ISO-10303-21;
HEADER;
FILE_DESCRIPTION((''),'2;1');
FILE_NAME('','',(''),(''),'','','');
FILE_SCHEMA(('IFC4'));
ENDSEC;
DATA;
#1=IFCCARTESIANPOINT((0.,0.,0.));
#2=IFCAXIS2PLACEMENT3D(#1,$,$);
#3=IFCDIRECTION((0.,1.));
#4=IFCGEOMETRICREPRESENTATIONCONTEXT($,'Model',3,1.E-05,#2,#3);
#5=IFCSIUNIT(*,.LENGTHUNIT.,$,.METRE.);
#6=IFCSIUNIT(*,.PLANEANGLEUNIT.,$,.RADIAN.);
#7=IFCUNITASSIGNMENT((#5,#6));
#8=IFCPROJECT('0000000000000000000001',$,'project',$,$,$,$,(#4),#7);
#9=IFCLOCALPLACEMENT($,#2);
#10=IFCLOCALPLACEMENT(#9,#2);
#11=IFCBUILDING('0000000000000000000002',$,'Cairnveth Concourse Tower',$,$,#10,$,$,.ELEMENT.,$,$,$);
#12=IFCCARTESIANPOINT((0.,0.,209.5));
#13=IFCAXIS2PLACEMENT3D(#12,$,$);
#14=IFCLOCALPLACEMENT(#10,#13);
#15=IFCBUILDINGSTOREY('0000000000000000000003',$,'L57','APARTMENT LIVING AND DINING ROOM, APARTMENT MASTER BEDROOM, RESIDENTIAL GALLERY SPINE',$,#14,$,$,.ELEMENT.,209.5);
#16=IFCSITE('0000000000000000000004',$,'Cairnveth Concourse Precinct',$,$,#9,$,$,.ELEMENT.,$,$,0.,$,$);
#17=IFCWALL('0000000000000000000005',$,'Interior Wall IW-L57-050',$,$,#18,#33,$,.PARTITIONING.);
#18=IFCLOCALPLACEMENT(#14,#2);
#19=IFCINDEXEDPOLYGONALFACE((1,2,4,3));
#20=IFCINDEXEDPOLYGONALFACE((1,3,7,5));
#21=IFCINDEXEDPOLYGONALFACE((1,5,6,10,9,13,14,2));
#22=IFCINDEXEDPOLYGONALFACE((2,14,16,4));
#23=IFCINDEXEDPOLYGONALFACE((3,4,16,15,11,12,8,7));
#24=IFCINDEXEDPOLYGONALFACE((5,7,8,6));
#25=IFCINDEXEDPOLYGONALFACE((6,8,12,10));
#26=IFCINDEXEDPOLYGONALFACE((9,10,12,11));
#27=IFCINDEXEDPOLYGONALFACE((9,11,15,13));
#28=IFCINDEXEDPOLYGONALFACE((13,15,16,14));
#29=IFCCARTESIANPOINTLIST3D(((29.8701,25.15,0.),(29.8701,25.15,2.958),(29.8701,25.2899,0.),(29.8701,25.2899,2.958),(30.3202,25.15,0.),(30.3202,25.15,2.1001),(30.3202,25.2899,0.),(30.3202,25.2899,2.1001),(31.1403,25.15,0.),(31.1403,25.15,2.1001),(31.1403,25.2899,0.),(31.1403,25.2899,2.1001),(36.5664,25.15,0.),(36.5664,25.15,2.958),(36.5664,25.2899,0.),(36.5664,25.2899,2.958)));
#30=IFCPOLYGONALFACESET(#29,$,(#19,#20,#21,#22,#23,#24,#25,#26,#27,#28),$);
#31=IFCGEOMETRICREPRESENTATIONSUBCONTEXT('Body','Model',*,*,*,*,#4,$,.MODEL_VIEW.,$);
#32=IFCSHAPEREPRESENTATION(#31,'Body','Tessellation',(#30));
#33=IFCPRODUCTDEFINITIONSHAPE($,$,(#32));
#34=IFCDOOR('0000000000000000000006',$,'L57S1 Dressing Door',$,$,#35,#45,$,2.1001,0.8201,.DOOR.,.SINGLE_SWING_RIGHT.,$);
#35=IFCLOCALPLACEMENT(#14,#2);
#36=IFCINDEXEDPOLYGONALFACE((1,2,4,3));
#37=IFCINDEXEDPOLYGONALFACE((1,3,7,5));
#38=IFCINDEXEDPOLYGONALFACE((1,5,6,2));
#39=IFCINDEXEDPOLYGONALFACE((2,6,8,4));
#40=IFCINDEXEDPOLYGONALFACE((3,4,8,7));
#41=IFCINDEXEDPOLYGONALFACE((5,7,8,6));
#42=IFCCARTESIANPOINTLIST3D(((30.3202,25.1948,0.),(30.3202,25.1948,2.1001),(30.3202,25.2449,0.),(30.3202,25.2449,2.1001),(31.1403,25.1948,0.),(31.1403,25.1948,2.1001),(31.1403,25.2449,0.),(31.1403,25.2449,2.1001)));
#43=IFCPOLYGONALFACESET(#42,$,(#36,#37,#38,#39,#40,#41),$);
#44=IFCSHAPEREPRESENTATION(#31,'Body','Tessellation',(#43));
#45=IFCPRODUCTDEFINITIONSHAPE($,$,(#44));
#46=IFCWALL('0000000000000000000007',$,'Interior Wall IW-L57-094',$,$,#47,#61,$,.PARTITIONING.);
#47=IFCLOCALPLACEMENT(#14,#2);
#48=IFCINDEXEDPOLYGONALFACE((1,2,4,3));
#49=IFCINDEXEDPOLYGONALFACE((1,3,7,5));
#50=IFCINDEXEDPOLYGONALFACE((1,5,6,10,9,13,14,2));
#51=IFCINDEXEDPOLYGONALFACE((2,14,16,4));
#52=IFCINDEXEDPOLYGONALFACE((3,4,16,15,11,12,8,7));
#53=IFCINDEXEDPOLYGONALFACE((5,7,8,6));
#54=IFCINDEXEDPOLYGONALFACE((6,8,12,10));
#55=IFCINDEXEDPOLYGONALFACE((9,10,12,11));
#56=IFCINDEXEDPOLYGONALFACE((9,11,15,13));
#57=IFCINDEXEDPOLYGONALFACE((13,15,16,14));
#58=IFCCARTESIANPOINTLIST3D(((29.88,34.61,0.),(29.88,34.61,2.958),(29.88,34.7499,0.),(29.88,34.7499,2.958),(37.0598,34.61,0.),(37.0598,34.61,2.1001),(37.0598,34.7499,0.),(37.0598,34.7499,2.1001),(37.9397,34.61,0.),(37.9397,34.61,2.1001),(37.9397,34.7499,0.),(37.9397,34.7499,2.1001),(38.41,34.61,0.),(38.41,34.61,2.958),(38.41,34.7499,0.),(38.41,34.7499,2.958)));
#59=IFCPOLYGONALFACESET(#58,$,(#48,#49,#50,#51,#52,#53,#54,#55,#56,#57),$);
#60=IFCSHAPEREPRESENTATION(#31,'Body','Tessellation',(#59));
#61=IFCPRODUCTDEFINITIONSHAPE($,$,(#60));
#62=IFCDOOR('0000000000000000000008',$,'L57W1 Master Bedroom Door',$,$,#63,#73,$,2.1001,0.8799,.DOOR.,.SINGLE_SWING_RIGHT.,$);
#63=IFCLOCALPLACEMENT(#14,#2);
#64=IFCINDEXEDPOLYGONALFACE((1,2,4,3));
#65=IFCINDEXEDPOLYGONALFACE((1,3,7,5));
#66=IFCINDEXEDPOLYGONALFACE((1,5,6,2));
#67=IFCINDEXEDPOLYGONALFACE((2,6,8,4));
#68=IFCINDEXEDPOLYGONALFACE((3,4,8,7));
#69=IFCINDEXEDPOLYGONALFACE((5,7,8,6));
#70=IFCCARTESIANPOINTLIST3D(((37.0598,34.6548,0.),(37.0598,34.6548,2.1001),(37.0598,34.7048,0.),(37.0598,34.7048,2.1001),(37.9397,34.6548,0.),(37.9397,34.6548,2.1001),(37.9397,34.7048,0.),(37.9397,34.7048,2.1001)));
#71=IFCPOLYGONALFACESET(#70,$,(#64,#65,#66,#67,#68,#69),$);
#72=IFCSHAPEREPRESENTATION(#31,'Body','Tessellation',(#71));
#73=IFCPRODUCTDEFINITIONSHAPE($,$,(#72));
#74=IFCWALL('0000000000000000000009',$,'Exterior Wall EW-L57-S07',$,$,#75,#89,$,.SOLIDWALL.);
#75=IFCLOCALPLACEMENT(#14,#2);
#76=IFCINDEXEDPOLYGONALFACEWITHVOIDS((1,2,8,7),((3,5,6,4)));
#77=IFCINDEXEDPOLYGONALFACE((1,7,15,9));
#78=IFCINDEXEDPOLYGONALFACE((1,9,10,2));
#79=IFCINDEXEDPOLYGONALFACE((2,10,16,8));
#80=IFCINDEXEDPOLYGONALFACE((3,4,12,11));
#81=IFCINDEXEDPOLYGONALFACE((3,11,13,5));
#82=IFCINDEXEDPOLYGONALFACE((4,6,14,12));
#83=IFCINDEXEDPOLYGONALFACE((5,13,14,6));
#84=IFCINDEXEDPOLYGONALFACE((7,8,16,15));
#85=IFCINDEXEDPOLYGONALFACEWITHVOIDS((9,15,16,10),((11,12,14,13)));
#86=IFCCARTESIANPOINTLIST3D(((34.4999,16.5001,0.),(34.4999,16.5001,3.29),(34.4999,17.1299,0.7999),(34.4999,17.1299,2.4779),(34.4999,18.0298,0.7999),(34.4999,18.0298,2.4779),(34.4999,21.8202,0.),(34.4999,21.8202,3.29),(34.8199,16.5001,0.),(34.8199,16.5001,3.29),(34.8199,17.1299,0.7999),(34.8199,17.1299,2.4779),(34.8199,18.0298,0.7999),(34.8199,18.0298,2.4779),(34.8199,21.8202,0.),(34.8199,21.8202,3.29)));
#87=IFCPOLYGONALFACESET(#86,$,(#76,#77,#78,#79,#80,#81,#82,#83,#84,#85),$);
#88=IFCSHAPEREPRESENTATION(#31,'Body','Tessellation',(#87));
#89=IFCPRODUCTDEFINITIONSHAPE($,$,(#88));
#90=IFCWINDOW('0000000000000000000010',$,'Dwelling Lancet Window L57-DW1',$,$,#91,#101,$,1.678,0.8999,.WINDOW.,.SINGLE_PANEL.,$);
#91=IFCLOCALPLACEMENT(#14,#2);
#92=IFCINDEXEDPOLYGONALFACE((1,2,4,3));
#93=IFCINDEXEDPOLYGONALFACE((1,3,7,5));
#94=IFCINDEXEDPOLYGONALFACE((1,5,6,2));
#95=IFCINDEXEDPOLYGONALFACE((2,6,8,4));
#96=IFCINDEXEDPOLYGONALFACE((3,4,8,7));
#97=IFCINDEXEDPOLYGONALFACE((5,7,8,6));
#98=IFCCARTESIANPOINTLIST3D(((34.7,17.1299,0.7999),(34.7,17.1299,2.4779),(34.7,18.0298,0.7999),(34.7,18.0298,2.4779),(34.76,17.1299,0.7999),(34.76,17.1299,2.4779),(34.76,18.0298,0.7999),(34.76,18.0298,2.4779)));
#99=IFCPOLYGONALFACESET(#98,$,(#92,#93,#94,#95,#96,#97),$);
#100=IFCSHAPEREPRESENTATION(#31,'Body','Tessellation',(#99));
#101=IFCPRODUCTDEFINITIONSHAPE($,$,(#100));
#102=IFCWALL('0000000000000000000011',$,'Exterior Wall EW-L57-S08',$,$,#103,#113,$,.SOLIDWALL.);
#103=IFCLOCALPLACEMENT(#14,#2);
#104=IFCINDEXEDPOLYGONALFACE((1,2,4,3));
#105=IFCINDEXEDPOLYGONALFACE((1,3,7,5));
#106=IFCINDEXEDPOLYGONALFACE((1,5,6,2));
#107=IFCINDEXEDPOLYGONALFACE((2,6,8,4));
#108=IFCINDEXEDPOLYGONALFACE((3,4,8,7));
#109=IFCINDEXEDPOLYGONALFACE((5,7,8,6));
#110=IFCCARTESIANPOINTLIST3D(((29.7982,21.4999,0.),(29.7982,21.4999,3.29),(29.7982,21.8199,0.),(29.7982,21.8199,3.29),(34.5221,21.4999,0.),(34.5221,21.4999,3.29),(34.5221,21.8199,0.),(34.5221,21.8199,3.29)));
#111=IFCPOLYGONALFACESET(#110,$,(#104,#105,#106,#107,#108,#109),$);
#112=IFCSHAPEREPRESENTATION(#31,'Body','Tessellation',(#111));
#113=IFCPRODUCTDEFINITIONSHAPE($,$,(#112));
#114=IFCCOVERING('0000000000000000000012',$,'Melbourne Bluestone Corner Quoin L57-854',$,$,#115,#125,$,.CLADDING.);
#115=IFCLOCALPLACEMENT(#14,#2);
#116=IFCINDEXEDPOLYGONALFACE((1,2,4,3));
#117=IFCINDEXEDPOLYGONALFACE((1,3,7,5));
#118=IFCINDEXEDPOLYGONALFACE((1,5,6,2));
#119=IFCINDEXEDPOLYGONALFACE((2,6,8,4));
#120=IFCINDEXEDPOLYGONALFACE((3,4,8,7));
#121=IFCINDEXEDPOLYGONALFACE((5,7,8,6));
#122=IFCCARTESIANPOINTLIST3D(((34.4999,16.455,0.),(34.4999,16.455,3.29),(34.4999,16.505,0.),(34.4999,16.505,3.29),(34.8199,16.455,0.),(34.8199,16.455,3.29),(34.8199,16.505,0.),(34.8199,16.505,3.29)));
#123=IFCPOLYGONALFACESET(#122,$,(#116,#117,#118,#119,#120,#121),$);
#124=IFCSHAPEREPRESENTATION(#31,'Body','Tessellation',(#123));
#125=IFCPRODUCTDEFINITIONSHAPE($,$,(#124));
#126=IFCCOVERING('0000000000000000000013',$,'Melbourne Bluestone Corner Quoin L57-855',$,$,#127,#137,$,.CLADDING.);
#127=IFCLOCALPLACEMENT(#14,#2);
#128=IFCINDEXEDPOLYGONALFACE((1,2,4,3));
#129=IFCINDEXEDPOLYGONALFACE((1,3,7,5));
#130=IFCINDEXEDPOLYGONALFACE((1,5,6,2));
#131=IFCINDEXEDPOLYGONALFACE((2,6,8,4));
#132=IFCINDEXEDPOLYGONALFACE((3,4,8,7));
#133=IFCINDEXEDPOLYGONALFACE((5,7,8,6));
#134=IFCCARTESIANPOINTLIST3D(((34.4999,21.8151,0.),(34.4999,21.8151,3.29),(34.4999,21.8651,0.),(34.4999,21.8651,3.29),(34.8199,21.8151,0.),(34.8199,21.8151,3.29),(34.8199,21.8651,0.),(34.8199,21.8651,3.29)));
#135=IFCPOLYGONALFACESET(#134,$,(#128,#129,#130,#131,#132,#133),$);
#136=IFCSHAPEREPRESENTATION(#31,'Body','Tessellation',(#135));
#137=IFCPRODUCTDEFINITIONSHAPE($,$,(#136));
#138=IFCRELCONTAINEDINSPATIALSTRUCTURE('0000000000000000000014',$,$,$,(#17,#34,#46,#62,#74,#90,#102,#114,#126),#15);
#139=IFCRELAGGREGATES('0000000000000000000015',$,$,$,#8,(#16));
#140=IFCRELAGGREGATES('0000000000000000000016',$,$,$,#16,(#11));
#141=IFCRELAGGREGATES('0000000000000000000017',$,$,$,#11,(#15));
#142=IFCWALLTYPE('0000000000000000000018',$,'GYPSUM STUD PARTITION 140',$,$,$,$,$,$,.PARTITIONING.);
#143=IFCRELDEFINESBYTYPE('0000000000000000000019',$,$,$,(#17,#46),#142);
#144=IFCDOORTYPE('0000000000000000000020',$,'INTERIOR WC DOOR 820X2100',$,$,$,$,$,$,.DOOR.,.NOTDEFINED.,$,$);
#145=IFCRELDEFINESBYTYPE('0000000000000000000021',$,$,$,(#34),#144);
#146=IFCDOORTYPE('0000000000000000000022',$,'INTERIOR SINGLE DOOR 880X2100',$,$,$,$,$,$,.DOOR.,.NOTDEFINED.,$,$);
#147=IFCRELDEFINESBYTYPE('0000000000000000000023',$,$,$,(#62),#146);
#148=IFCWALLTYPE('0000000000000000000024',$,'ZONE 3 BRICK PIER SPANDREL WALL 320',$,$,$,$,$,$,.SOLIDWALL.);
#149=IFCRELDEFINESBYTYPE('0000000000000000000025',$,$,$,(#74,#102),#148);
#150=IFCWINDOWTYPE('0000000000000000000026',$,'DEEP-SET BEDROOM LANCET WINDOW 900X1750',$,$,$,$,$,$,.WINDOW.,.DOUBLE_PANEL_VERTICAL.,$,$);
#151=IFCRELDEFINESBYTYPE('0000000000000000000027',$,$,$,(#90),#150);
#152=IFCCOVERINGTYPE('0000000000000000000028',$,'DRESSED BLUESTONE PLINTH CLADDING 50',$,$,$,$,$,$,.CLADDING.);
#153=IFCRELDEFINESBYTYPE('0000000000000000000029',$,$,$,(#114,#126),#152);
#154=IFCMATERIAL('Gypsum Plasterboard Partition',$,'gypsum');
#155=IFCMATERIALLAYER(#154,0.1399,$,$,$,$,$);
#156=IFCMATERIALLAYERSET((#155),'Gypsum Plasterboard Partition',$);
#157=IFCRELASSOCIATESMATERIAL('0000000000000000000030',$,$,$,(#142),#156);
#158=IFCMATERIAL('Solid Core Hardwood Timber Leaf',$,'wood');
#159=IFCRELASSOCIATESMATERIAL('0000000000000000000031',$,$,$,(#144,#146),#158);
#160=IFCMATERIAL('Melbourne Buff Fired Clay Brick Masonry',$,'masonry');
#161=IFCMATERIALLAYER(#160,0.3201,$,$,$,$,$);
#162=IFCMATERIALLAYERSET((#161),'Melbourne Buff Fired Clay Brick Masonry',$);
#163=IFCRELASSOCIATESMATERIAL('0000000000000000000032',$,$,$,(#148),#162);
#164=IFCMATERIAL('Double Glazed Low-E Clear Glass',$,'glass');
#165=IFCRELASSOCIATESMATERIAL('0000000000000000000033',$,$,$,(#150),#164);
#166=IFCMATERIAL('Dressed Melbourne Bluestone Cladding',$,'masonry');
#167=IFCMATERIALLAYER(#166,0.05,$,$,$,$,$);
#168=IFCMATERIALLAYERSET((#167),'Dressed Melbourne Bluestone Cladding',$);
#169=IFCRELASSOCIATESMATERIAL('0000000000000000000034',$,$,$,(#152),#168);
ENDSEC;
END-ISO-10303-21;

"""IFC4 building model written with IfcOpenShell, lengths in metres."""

from ifc_helpers import new_model, si_unit, direction, frame, frame_2d, origin, place, context, subcontext, project, spatial, rectangle, extrude, material, layer, layer_set, type_object, element, fill, save


model = new_model("IFC4")

# Units and contexts
model_context = context("Model", 3, precision=1e-05, world=origin(), true_north=direction((0.0, 1.0)))
body_context = subcontext(model_context, "Body", "Model", "MODEL_VIEW")
ifc_project = project(units=[si_unit("LENGTHUNIT", "METRE"), si_unit("PLANEANGLEUNIT", "RADIAN")], contexts=[model_context])

# Site, building, storey
site_placement = place(None, origin())
site = spatial("IfcSite", under=ifc_project, at=site_placement, Name="Cairnveth Concourse Precinct", CompositionType="ELEMENT", RefElevation=0.0)
building_placement = place(site_placement, origin())
building = spatial("IfcBuilding", under=site, at=building_placement, Name="Cairnveth Concourse Tower", CompositionType="ELEMENT")
storey_placement = place(building_placement, frame((0.0, 0.0, 209.5)))
storey = spatial("IfcBuildingStorey", under=building, at=storey_placement, Name="L57", Description="APARTMENT LIVING AND DINING ROOM, APARTMENT MASTER BEDROOM, RESIDENTIAL GALLERY SPINE", CompositionType="ELEMENT", Elevation=209.5)

# Walls, openings, doors
ifc_material_1 = material(Name="Gypsum Plasterboard Partition", Category="gypsum")
ifc_layer_1 = layer(ifc_material_1, 0.1399)
ifc_layer_set_1 = layer_set([ifc_layer_1], Name="Gypsum Plasterboard Partition")
wall_type_1 = type_object("IfcWallType", Name="GYPSUM STUD PARTITION 140", PredefinedType="PARTITIONING", material=ifc_layer_set_1)
wall_1_placement = place(storey_placement, frame((29.8701, 25.22, 0.0), z_axis=(0.0, 0.0, 1.0), x_axis=(1.0, 0.0, 0.0)))
wall_1 = element("IfcWall", 1, at=wall_1_placement, inside=storey, type_object=wall_type_1, Name="Interior Wall IW-L57-050", PredefinedType="PARTITIONING", context=body_context, shape_type="SweptSolid", body=[
    extrude(rectangle(XDim=6.6963, YDim=0.1399, at=frame_2d((3.3481, 0.0))), origin(), (0.0, 0.0, 1.0), 2.958),
])
opening_1_placement = place(wall_1_placement, frame((0.45, 0.0, 0.0)))
opening_1 = element("IfcOpeningElement", 2, at=opening_1_placement, cuts=wall_1, PredefinedType="OPENING", context=body_context, shape_type="SweptSolid", body=[
    extrude(rectangle(XDim=0.8201, YDim=2.1001, at=frame_2d((0.4102, 1.05))), frame((0.0, 0.0798, 0.0), z_axis=(0.0, -1.0, 0.0), x_axis=(1.0, 0.0, 0.0)), (0.0, 0.0, 1.0), 0.1599),
])
ifc_material_2 = material(Name="Solid Core Hardwood Timber Leaf", Category="wood")
door_type_1 = type_object("IfcDoorType", Name="INTERIOR WC DOOR 820X2100", OperationType="NOTDEFINED", PredefinedType="DOOR", material=ifc_material_2)
door_1_placement = place(opening_1_placement, origin())
door_1 = element("IfcDoor", 3, at=door_1_placement, inside=storey, type_object=door_type_1, Name="L57S1 Dressing Door", OperationType="SINGLE_SWING_RIGHT", OverallHeight=2.1001, OverallWidth=0.8201, PredefinedType="DOOR", context=body_context, shape_type="SweptSolid", body=[
    extrude(rectangle(XDim=0.8201, YDim=2.1001, at=frame_2d((0.4102, 1.05))), frame((0.0, 0.0249, 0.0), z_axis=(0.0, -1.0, 0.0), x_axis=(1.0, 0.0, 0.0)), (0.0, 0.0, 1.0), 0.05),
])
fill(opening_1, door_1)
wall_2_placement = place(storey_placement, frame((29.8799, 34.6799, 0.0), z_axis=(0.0, 0.0, 1.0), x_axis=(1.0, 0.0, 0.0)))
wall_2 = element("IfcWall", 4, at=wall_2_placement, inside=storey, type_object=wall_type_1, Name="Interior Wall IW-L57-094", PredefinedType="PARTITIONING", context=body_context, shape_type="SweptSolid", body=[
    extrude(rectangle(XDim=8.53, YDim=0.1399, at=frame_2d((4.2651, 0.0))), origin(), (0.0, 0.0, 1.0), 2.958),
])
opening_2_placement = place(wall_2_placement, frame((7.1799, 0.0, 0.0)))
opening_2 = element("IfcOpeningElement", 5, at=opening_2_placement, cuts=wall_2, PredefinedType="OPENING", context=body_context, shape_type="SweptSolid", body=[
    extrude(rectangle(XDim=0.8799, YDim=2.1001, at=frame_2d((0.4399, 1.05))), frame((0.0, 0.0798, 0.0), z_axis=(0.0, -1.0, 0.0), x_axis=(1.0, 0.0, 0.0)), (0.0, 0.0, 1.0), 0.1599),
])
door_type_2 = type_object("IfcDoorType", Name="INTERIOR SINGLE DOOR 880X2100", OperationType="NOTDEFINED", PredefinedType="DOOR", material=ifc_material_2)
door_2_placement = place(opening_2_placement, origin())
door_2 = element("IfcDoor", 6, at=door_2_placement, inside=storey, type_object=door_type_2, Name="L57W1 Master Bedroom Door", OperationType="SINGLE_SWING_RIGHT", OverallHeight=2.1001, OverallWidth=0.8799, PredefinedType="DOOR", context=body_context, shape_type="SweptSolid", body=[
    extrude(rectangle(XDim=0.8799, YDim=2.1001, at=frame_2d((0.4399, 1.05))), frame((0.0, 0.0249, 0.0), z_axis=(0.0, -1.0, 0.0), x_axis=(1.0, 0.0, 0.0)), (0.0, 0.0, 1.0), 0.05),
])
fill(opening_2, door_2)

# Wall, opening, window
ifc_material_3 = material(Name="Melbourne Buff Fired Clay Brick Masonry", Category="masonry")
ifc_layer_2 = layer(ifc_material_3, 0.3201)
ifc_layer_set_2 = layer_set([ifc_layer_2], Name="Melbourne Buff Fired Clay Brick Masonry")
wall_type_2 = type_object("IfcWallType", Name="ZONE 3 BRICK PIER SPANDREL WALL 320", PredefinedType="SOLIDWALL", material=ifc_layer_set_2)
wall_3_placement = place(storey_placement, frame((34.6599, 16.5, 0.0), z_axis=(0.0, 0.0, 1.0), x_axis=(0.0, 1.0, 0.0)))
wall_3 = element("IfcWall", 7, at=wall_3_placement, inside=storey, type_object=wall_type_2, Name="Exterior Wall EW-L57-S07", PredefinedType="SOLIDWALL", context=body_context, shape_type="SweptSolid", body=[
    extrude(rectangle(XDim=5.3201, YDim=0.3201, at=frame_2d((2.6602, 0.0))), origin(), (0.0, 0.0, 1.0), 3.29),
])
opening_3_placement = place(wall_3_placement, frame((0.6299, 0.0, 0.8)))
opening_3 = element("IfcOpeningElement", 8, at=opening_3_placement, cuts=wall_3, PredefinedType="OPENING", context=body_context, shape_type="SweptSolid", body=[
    extrude(rectangle(XDim=0.8999, YDim=1.678, at=frame_2d((0.45, 0.8389))), frame((0.0, 0.1699, 0.0), z_axis=(0.0, -1.0, 0.0), x_axis=(1.0, 0.0, 0.0)), (0.0, 0.0, 1.0), 0.3401),
])
ifc_material_4 = material(Name="Double Glazed Low-E Clear Glass", Category="glass")
window_type = type_object("IfcWindowType", Name="DEEP-SET BEDROOM LANCET WINDOW 900X1750", PartitioningType="DOUBLE_PANEL_VERTICAL", PredefinedType="WINDOW", material=ifc_material_4)
window_placement = place(opening_3_placement, origin())
window = element("IfcWindow", 9, at=window_placement, inside=storey, type_object=window_type, Name="Dwelling Lancet Window L57-DW1", OverallHeight=1.678, OverallWidth=0.8999, PartitioningType="SINGLE_PANEL", PredefinedType="WINDOW", context=body_context, shape_type="SweptSolid", body=[
    extrude(rectangle(XDim=0.8999, YDim=1.678, at=frame_2d((0.45, 0.8389))), frame((0.0, -0.04, 0.0), z_axis=(0.0, -1.0, 0.0), x_axis=(1.0, 0.0, 0.0)), (0.0, 0.0, 1.0), 0.0601),
])
fill(opening_3, window)

# Wall
wall_4_placement = place(storey_placement, frame((34.522, 21.6599, 0.0), z_axis=(0.0, 0.0, 1.0), x_axis=(-1.0, 0.0, 0.0)))
element("IfcWall", 10, at=wall_4_placement, inside=storey, type_object=wall_type_2, Name="Exterior Wall EW-L57-S08", PredefinedType="SOLIDWALL", context=body_context, shape_type="SweptSolid", body=[
    extrude(rectangle(XDim=4.7239, YDim=0.3201, at=frame_2d((2.3618, 0.0))), origin(), (0.0, 0.0, 1.0), 3.29),
])

# Coverings
ifc_material_5 = material(Name="Dressed Melbourne Bluestone Cladding", Category="masonry")
ifc_layer_3 = layer(ifc_material_5, 0.05)
ifc_layer_set_3 = layer_set([ifc_layer_3], Name="Dressed Melbourne Bluestone Cladding")
covering_type = type_object("IfcCoveringType", Name="DRESSED BLUESTONE PLINTH CLADDING 50", PredefinedType="CLADDING", material=ifc_layer_set_3)
for number, where, z_axis, x_axis, name in (
    (11, (34.8201, 16.48, 0.0), (0.0, 0.0, 1.0), (-1.0, 0.0, 0.0), "Melbourne Bluestone Corner Quoin L57-854"),
    (12, (34.8201, 21.8401, 0.0), (0.0, 0.0, 1.0), (-1.0, 0.0, 0.0), "Melbourne Bluestone Corner Quoin L57-855"),
):
    element("IfcCovering", number, at=place(storey_placement, frame(where, z_axis=z_axis, x_axis=x_axis)), inside=storey, type_object=covering_type, Name=name, PredefinedType="CLADDING", context=body_context, shape_type="SweptSolid", body=[
        extrude(rectangle(XDim=0.3201, YDim=0.05, at=frame_2d((0.1602, 0.0))), origin(), (0.0, 0.0, 1.0), 3.29),
    ])

save(model, "model.ifc")
